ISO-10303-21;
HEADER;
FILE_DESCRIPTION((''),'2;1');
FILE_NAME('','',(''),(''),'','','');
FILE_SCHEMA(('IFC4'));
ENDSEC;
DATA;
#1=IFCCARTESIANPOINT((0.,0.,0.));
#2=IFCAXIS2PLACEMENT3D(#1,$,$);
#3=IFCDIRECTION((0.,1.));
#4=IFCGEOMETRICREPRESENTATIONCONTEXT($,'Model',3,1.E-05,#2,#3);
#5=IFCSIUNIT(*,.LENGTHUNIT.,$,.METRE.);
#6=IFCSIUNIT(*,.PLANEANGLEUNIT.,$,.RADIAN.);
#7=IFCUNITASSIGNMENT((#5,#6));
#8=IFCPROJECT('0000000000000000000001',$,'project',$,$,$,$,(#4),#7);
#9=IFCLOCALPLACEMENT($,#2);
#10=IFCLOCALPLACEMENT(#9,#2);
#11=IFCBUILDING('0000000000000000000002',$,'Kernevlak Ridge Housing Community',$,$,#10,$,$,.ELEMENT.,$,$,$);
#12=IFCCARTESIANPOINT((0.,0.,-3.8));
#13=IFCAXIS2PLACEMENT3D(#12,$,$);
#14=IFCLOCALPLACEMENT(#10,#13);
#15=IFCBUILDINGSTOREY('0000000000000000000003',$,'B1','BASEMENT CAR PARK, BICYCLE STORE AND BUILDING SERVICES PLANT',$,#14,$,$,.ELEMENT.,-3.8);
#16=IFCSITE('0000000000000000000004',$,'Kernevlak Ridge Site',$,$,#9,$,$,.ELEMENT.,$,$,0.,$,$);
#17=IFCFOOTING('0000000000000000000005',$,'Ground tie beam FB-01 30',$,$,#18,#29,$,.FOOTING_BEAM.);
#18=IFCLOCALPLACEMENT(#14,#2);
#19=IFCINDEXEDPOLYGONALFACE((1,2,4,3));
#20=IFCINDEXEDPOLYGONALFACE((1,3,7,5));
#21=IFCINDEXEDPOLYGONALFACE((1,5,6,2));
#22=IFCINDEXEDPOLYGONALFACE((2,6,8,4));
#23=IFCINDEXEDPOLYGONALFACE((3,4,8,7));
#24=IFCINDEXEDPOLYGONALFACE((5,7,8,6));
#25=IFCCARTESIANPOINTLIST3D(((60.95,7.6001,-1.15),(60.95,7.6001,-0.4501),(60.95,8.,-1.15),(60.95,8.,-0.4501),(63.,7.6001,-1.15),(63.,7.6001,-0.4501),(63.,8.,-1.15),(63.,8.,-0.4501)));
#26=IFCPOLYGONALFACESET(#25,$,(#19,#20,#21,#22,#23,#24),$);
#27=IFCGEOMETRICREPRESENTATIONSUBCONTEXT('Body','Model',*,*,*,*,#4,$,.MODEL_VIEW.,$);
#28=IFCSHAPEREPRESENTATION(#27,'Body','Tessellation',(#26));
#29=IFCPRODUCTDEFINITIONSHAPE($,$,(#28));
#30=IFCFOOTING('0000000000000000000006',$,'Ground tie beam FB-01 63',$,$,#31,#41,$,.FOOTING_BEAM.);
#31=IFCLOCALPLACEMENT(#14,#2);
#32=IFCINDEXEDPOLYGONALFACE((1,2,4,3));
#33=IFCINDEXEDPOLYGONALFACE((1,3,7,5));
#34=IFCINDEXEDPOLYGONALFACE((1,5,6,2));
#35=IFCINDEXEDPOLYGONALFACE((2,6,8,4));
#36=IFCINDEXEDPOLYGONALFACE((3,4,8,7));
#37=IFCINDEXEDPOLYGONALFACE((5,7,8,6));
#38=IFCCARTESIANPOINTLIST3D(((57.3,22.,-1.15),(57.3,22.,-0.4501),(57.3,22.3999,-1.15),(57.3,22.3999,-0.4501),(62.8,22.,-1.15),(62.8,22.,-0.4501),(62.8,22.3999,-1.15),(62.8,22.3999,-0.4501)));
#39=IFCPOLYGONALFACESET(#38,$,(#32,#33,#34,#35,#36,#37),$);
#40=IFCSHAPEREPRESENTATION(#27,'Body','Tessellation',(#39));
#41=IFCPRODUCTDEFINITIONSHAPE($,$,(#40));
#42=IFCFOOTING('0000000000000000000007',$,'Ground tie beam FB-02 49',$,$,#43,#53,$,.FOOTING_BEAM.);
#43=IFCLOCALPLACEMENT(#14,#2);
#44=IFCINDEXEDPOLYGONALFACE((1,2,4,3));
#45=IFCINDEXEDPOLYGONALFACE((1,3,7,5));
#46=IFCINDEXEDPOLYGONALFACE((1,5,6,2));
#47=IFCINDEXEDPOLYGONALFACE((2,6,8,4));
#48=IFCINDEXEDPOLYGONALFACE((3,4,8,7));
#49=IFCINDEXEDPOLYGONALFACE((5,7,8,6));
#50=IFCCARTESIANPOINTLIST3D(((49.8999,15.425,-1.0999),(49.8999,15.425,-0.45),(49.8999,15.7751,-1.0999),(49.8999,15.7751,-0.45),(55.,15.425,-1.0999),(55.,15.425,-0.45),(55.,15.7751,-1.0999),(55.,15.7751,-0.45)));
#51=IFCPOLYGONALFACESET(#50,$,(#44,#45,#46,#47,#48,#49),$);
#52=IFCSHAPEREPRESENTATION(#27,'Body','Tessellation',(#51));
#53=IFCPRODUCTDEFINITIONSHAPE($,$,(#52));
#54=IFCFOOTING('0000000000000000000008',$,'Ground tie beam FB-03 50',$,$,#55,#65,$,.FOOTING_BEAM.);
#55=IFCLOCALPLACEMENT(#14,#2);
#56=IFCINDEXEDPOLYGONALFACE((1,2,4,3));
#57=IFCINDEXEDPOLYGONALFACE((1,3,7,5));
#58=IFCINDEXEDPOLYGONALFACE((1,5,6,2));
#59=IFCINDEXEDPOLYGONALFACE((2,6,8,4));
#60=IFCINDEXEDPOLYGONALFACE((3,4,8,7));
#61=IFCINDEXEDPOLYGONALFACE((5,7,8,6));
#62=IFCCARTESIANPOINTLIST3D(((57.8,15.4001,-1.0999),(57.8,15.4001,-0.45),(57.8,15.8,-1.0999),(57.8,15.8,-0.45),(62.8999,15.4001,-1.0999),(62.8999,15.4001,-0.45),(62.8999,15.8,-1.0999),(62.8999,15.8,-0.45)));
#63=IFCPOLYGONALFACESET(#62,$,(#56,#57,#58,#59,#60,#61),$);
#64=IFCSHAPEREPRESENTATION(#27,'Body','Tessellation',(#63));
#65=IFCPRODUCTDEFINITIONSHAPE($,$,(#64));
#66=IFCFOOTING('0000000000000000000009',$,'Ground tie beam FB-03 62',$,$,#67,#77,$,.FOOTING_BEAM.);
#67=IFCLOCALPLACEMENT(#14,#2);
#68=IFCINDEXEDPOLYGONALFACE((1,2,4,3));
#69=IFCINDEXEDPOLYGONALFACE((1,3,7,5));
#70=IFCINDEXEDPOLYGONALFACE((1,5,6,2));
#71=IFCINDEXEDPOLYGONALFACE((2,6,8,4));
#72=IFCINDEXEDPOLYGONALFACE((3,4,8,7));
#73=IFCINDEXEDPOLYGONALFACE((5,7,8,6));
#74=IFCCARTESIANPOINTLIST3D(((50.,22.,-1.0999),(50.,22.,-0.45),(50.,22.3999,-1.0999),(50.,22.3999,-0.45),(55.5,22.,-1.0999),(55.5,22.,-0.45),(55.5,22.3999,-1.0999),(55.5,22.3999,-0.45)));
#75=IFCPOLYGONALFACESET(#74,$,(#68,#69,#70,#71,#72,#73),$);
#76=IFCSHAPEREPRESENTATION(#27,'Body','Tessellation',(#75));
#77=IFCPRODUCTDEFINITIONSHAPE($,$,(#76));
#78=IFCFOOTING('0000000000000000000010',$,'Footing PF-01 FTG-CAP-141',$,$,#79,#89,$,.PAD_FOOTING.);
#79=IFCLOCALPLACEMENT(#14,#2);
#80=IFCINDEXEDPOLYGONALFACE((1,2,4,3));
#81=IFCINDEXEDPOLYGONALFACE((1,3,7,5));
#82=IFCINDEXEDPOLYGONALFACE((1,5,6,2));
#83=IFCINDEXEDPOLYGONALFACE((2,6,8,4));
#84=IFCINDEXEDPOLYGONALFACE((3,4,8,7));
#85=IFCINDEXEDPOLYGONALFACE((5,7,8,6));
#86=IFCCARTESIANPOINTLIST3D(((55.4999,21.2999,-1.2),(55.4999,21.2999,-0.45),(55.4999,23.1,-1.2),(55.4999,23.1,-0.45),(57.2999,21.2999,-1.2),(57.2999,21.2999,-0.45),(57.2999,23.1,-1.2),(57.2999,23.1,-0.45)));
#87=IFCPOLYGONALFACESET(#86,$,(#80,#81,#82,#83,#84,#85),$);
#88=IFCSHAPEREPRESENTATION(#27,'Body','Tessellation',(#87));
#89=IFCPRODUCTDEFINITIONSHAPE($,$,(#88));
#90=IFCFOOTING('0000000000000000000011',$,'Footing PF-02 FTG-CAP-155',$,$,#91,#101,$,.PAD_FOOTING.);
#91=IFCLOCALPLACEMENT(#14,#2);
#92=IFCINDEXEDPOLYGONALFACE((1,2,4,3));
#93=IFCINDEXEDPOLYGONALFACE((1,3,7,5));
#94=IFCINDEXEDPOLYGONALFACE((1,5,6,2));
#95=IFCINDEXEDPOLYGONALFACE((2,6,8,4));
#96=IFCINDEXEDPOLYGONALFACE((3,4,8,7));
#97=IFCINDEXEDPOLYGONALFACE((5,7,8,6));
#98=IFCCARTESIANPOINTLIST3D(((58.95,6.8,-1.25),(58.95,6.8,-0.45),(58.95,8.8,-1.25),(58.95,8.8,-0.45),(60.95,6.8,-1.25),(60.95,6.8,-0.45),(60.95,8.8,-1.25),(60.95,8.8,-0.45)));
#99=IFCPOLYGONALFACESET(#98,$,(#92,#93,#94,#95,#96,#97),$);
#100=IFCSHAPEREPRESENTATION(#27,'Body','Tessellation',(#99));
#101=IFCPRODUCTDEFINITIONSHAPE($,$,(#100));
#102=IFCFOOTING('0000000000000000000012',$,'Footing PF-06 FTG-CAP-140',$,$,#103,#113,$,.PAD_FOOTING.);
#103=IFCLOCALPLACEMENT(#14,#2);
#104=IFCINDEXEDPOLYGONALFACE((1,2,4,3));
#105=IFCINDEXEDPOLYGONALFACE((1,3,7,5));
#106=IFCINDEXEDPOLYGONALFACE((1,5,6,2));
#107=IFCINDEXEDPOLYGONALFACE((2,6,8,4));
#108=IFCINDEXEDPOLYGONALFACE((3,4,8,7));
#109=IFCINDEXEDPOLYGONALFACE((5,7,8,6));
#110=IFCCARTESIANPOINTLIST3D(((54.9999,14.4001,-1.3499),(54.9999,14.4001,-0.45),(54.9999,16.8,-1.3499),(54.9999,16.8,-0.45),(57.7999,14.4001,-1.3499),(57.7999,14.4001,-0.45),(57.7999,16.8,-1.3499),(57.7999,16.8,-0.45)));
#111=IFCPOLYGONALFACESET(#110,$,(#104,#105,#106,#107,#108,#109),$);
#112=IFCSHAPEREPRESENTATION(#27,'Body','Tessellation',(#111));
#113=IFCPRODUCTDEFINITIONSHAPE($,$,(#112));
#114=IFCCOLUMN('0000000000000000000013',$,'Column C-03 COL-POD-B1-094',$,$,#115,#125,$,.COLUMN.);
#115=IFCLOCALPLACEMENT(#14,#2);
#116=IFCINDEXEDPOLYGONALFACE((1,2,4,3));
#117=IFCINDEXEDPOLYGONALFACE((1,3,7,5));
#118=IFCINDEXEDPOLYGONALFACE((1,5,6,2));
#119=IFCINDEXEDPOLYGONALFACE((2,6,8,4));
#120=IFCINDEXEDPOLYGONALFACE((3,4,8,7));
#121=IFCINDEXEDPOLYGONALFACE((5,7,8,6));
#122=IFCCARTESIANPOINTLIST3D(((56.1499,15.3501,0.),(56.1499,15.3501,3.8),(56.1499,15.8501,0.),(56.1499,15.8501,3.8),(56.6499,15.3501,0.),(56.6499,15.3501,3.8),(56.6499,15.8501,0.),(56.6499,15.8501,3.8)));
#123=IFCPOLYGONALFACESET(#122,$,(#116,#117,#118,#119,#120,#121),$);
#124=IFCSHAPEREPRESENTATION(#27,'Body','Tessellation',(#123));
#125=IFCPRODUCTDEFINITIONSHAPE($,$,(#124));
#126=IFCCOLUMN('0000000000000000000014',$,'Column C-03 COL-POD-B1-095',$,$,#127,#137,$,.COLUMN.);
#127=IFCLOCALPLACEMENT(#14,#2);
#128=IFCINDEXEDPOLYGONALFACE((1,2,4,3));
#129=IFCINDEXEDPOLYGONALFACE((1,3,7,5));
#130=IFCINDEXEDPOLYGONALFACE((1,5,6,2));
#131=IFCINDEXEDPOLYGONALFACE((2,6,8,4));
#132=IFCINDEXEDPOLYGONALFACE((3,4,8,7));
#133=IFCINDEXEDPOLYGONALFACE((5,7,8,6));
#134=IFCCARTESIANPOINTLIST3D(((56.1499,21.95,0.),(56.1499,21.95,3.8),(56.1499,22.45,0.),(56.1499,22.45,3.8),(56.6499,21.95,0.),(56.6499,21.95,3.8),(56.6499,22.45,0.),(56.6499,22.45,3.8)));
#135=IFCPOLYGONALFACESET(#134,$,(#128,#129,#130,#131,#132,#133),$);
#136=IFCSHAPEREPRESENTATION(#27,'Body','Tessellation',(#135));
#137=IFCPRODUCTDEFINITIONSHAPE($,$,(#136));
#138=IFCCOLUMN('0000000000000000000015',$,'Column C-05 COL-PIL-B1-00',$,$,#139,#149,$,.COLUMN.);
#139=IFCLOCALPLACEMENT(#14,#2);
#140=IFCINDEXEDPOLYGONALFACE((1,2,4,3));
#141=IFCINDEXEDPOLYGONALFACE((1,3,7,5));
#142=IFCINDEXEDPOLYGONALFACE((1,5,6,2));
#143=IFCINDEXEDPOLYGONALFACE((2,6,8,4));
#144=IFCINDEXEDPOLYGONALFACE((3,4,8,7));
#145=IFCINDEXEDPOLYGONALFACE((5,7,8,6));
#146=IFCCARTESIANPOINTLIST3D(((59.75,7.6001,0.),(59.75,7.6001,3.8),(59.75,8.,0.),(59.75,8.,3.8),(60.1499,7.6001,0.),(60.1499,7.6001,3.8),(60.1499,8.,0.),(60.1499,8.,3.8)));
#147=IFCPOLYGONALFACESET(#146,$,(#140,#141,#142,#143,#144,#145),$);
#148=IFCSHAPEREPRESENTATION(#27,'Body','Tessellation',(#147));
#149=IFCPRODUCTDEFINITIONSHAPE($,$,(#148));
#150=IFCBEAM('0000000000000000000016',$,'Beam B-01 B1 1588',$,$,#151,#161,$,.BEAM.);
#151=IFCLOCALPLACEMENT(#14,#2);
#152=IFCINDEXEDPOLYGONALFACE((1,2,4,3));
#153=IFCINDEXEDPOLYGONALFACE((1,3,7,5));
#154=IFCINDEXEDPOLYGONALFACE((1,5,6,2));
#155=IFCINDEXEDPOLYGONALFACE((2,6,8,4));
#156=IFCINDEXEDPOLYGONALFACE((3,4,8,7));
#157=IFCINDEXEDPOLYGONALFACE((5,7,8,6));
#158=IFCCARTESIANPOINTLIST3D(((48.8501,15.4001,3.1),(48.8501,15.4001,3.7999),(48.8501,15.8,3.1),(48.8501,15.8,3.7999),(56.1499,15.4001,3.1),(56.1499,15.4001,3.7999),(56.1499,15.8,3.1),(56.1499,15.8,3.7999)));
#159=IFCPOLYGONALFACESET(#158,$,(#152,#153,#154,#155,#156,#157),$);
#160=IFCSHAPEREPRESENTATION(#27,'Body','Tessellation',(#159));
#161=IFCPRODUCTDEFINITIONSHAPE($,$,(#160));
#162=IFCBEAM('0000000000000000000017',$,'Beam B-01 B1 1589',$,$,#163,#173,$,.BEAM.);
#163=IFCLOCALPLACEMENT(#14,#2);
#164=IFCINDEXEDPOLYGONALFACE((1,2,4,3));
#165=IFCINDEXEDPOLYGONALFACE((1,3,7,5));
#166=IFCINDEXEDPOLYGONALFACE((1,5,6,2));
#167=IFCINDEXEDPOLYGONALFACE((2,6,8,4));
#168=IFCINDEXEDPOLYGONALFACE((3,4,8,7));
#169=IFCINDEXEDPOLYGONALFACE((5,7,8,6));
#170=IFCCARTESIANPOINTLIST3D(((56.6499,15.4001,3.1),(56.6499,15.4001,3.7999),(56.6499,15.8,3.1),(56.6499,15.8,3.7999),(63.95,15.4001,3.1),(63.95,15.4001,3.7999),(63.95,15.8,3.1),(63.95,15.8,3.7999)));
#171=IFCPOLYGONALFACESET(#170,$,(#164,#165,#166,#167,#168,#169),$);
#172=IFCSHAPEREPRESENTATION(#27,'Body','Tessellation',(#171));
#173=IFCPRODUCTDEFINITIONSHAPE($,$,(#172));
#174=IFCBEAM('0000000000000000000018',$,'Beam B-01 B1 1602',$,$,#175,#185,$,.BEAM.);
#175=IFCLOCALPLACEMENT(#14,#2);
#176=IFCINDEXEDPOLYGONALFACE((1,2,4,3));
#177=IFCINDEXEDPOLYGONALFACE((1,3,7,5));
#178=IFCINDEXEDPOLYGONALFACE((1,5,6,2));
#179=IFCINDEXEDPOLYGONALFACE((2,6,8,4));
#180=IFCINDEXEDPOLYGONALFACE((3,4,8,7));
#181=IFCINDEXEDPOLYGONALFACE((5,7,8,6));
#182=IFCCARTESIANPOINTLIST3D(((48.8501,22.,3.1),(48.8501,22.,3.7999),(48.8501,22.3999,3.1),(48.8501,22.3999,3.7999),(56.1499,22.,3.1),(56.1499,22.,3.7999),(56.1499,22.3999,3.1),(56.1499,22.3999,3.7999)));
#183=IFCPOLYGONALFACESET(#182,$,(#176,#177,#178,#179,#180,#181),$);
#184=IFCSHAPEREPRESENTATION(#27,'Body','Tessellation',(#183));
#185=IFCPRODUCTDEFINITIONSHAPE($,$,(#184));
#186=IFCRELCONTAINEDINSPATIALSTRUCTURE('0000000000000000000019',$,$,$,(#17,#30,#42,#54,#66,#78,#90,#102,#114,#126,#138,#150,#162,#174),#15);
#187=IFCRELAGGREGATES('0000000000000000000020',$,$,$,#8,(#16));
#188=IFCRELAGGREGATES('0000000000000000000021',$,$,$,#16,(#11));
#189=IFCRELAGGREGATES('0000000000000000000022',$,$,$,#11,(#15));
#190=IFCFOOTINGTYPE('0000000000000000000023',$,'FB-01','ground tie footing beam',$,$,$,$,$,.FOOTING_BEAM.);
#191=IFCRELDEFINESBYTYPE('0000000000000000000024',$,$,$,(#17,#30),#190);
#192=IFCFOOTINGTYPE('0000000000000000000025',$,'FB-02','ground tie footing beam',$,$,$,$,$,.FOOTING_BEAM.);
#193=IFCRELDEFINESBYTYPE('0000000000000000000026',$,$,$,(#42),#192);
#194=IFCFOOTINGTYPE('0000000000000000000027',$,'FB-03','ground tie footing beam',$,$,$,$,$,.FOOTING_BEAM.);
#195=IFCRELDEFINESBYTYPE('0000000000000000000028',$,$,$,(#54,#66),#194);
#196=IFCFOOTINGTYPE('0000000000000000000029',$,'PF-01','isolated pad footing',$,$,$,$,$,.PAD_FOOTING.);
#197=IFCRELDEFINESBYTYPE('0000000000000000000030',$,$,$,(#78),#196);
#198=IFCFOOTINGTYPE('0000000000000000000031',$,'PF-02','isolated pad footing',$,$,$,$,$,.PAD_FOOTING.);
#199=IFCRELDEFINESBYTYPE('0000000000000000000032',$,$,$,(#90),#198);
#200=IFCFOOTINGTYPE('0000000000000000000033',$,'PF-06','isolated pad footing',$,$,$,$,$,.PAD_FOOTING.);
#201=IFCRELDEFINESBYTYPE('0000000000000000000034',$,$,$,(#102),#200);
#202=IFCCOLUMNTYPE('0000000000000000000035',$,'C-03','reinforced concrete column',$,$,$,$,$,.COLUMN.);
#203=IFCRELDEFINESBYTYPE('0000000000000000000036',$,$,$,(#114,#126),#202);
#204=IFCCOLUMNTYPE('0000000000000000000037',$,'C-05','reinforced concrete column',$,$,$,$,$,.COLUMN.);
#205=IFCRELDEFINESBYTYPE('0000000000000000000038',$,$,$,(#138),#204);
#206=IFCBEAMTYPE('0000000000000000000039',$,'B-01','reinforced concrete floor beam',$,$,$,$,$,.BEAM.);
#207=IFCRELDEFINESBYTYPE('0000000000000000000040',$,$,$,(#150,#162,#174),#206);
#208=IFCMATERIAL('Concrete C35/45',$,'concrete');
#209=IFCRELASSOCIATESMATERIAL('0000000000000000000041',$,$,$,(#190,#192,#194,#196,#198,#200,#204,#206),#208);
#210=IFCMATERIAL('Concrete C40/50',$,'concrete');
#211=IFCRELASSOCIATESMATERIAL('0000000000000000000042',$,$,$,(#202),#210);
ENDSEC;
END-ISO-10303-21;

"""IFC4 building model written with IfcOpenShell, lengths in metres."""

from ifc_helpers import new_model, si_unit, direction, frame, origin, origin_2d, place, context, subcontext, project, spatial, rectangle, extrude, material, material_profile, profile_set, type_object, element, save


model = new_model("IFC4")

# Units and contexts
model_context = context("Model", 3, precision=1e-05, world=origin(), true_north=direction((0.0, 1.0)))
body_context = subcontext(model_context, "Body", "Model", "MODEL_VIEW")
ifc_project = project(units=[si_unit("LENGTHUNIT", "METRE"), si_unit("PLANEANGLEUNIT", "RADIAN")], contexts=[model_context])

# Site, building, storey
site_placement = place(None, origin())
site = spatial("IfcSite", under=ifc_project, at=site_placement, Name="Kernevlak Ridge Site", CompositionType="ELEMENT", RefElevation=0.0)
building_placement = place(site_placement, origin())
building = spatial("IfcBuilding", under=site, at=building_placement, Name="Kernevlak Ridge Housing Community", CompositionType="ELEMENT")
storey_placement = place(building_placement, frame((0.0, 0.0, -3.8)))
storey = spatial("IfcBuildingStorey", under=building, at=storey_placement, Name="B1", Description="BASEMENT CAR PARK, BICYCLE STORE AND BUILDING SERVICES PLANT", CompositionType="ELEMENT", Elevation=-3.8)

# Footings
ifc_material_1 = material(Name="Concrete C35/45", Category="concrete")
ifc_material_profile_1 = material_profile(ifc_material_1, rectangle(XDim=0.3999, YDim=0.7, at=origin_2d()), Name="RC 400x700")
ifc_profile_set_1 = profile_set([ifc_material_profile_1], Name="Concrete C35/45")
footing_type_1 = type_object("IfcFootingType", Name="FB-01", Description="ground tie footing beam", PredefinedType="FOOTING_BEAM", material=ifc_profile_set_1)
footing_1_placement = place(storey_placement, frame((60.95, 7.8, -0.8), z_axis=(1.0, 0.0, 0.0), x_axis=(0.0, 1.0, 0.0)))
element("IfcFooting", 1, at=footing_1_placement, inside=storey, type_object=footing_type_1, Name="Ground tie beam FB-01 30", PredefinedType="FOOTING_BEAM", context=body_context, shape_type="SweptSolid", body=[
    extrude(rectangle(XDim=0.3999, YDim=0.7, at=origin_2d()), origin(), (0.0, 0.0, 1.0), 2.05),
])
footing_2_placement = place(storey_placement, frame((57.3, 22.2, -0.8), z_axis=(1.0, 0.0, 0.0), x_axis=(0.0, 1.0, 0.0)))
element("IfcFooting", 2, at=footing_2_placement, inside=storey, type_object=footing_type_1, Name="Ground tie beam FB-01 63", PredefinedType="FOOTING_BEAM", context=body_context, shape_type="SweptSolid", body=[
    extrude(rectangle(XDim=0.3999, YDim=0.7, at=origin_2d()), origin(), (0.0, 0.0, 1.0), 5.5),
])
ifc_material_profile_2 = material_profile(ifc_material_1, rectangle(XDim=0.3501, YDim=0.6499, at=origin_2d()), Name="RC 350x650")
ifc_profile_set_2 = profile_set([ifc_material_profile_2], Name="Concrete C35/45")
footing_type_2 = type_object("IfcFootingType", Name="FB-02", Description="ground tie footing beam", PredefinedType="FOOTING_BEAM", material=ifc_profile_set_2)
footing_3_placement = place(storey_placement, frame((49.8999, 15.6001, -0.7749), z_axis=(1.0, 0.0, 0.0), x_axis=(0.0, 1.0, 0.0)))
element("IfcFooting", 3, at=footing_3_placement, inside=storey, type_object=footing_type_2, Name="Ground tie beam FB-02 49", PredefinedType="FOOTING_BEAM", context=body_context, shape_type="SweptSolid", body=[
    extrude(rectangle(XDim=0.3501, YDim=0.6499, at=origin_2d()), origin(), (0.0, 0.0, 1.0), 5.1001),
])
ifc_material_profile_3 = material_profile(ifc_material_1, rectangle(XDim=0.3999, YDim=0.6499, at=origin_2d()), Name="RC 400x650")
ifc_profile_set_3 = profile_set([ifc_material_profile_3], Name="Concrete C35/45")
footing_type_3 = type_object("IfcFootingType", Name="FB-03", Description="ground tie footing beam", PredefinedType="FOOTING_BEAM", material=ifc_profile_set_3)
footing_4_placement = place(storey_placement, frame((57.8, 15.6001, -0.7749), z_axis=(1.0, 0.0, 0.0), x_axis=(0.0, 1.0, 0.0)))
element("IfcFooting", 4, at=footing_4_placement, inside=storey, type_object=footing_type_3, Name="Ground tie beam FB-03 50", PredefinedType="FOOTING_BEAM", context=body_context, shape_type="SweptSolid", body=[
    extrude(rectangle(XDim=0.3999, YDim=0.6499, at=origin_2d()), origin(), (0.0, 0.0, 1.0), 5.0999),
])
footing_5_placement = place(storey_placement, frame((50.0, 22.2, -0.7749), z_axis=(1.0, 0.0, 0.0), x_axis=(0.0, 1.0, 0.0)))
element("IfcFooting", 5, at=footing_5_placement, inside=storey, type_object=footing_type_3, Name="Ground tie beam FB-03 62", PredefinedType="FOOTING_BEAM", context=body_context, shape_type="SweptSolid", body=[
    extrude(rectangle(XDim=0.3999, YDim=0.6499, at=origin_2d()), origin(), (0.0, 0.0, 1.0), 5.5),
])
footing_type_4 = type_object("IfcFootingType", Name="PF-01", Description="isolated pad footing", PredefinedType="PAD_FOOTING", material=ifc_material_1)
footing_6_placement = place(storey_placement, frame((56.3999, 22.2, -1.2), z_axis=(0.0, 0.0, 1.0), x_axis=(1.0, 0.0, 0.0)))
element("IfcFooting", 6, at=footing_6_placement, inside=storey, type_object=footing_type_4, Name="Footing PF-01 FTG-CAP-141", PredefinedType="PAD_FOOTING", context=body_context, shape_type="SweptSolid", body=[
    extrude(rectangle(XDim=1.8, YDim=1.8, at=origin_2d()), origin(), (0.0, 0.0, 1.0), 0.75),
])
footing_type_5 = type_object("IfcFootingType", Name="PF-02", Description="isolated pad footing", PredefinedType="PAD_FOOTING", material=ifc_material_1)
footing_7_placement = place(storey_placement, frame((59.95, 7.8, -1.25), z_axis=(0.0, 0.0, 1.0), x_axis=(1.0, 0.0, 0.0)))
element("IfcFooting", 7, at=footing_7_placement, inside=storey, type_object=footing_type_5, Name="Footing PF-02 FTG-CAP-155", PredefinedType="PAD_FOOTING", context=body_context, shape_type="SweptSolid", body=[
    extrude(rectangle(XDim=2.0, YDim=2.0, at=origin_2d()), origin(), (0.0, 0.0, 1.0), 0.8),
])
footing_type_6 = type_object("IfcFootingType", Name="PF-06", Description="isolated pad footing", PredefinedType="PAD_FOOTING", material=ifc_material_1)
footing_8_placement = place(storey_placement, frame((56.3999, 15.6001, -1.3499), z_axis=(0.0, 0.0, 1.0), x_axis=(1.0, 0.0, 0.0)))
element("IfcFooting", 8, at=footing_8_placement, inside=storey, type_object=footing_type_6, Name="Footing PF-06 FTG-CAP-140", PredefinedType="PAD_FOOTING", context=body_context, shape_type="SweptSolid", body=[
    extrude(rectangle(XDim=2.8, YDim=2.3999, at=origin_2d()), origin(), (0.0, 0.0, 1.0), 0.8999),
])

# Columns
ifc_material_2 = material(Name="Concrete C40/50", Category="concrete")
ifc_material_profile_4 = material_profile(ifc_material_2, rectangle(XDim=0.5, YDim=0.5, at=origin_2d()), Name="RC 500x500")
ifc_profile_set_4 = profile_set([ifc_material_profile_4], Name="Concrete C40/50")
column_type_1 = type_object("IfcColumnType", Name="C-03", Description="reinforced concrete column", PredefinedType="COLUMN", material=ifc_profile_set_4)
for number, where, z_axis, x_axis, name in (
    (9, (56.3999, 15.6001, 0.0), (0.0, 0.0, 1.0), (1.0, 0.0, 0.0), "Column C-03 COL-POD-B1-094"),
    (10, (56.3999, 22.2, 0.0), (0.0, 0.0, 1.0), (1.0, 0.0, 0.0), "Column C-03 COL-POD-B1-095"),
):
    element("IfcColumn", number, at=place(storey_placement, frame(where, z_axis=z_axis, x_axis=x_axis)), inside=storey, type_object=column_type_1, Name=name, PredefinedType="COLUMN", context=body_context, shape_type="SweptSolid", body=[
        extrude(rectangle(XDim=0.5, YDim=0.5, at=origin_2d()), origin(), (0.0, 0.0, 1.0), 3.8),
    ])
ifc_material_profile_5 = material_profile(ifc_material_1, rectangle(XDim=0.3999, YDim=0.3999, at=origin_2d()), Name="RC 400x400")
ifc_profile_set_5 = profile_set([ifc_material_profile_5], Name="Concrete C35/45")
column_type_2 = type_object("IfcColumnType", Name="C-05", Description="reinforced concrete column", PredefinedType="COLUMN", material=ifc_profile_set_5)
column_placement = place(storey_placement, frame((59.95, 7.8, 0.0), z_axis=(0.0, 0.0, 1.0), x_axis=(1.0, 0.0, 0.0)))
element("IfcColumn", 11, at=column_placement, inside=storey, type_object=column_type_2, Name="Column C-05 COL-PIL-B1-00", PredefinedType="COLUMN", context=body_context, shape_type="SweptSolid", body=[
    extrude(rectangle(XDim=0.3999, YDim=0.3999, at=origin_2d()), origin(), (0.0, 0.0, 1.0), 3.8),
])

# Beams
ifc_material_profile_6 = material_profile(ifc_material_1, rectangle(XDim=0.3999, YDim=0.7, at=origin_2d()), Name="RC 400x700")
ifc_profile_set_6 = profile_set([ifc_material_profile_6], Name="Concrete C35/45")
beam_type_1 = type_object("IfcBeamType", Name="B-01", Description="reinforced concrete floor beam", PredefinedType="BEAM", material=ifc_profile_set_6)
beam_1_placement = place(storey_placement, frame((48.8501, 15.6001, 3.45), z_axis=(1.0, 0.0, 0.0), x_axis=(0.0, 1.0, 0.0)))
element("IfcBeam", 12, at=beam_1_placement, inside=storey, type_object=beam_type_1, Name="Beam B-01 B1 1588", PredefinedType="BEAM", context=body_context, shape_type="SweptSolid", body=[
    extrude(rectangle(XDim=0.3999, YDim=0.7, at=origin_2d()), origin(), (0.0, 0.0, 1.0), 7.2998),
])
beam_2_placement = place(storey_placement, frame((56.6499, 15.6001, 3.45), z_axis=(1.0, 0.0, 0.0), x_axis=(0.0, 1.0, 0.0)))
element("IfcBeam", 13, at=beam_2_placement, inside=storey, type_object=beam_type_1, Name="Beam B-01 B1 1589", PredefinedType="BEAM", context=body_context, shape_type="SweptSolid", body=[
    extrude(rectangle(XDim=0.3999, YDim=0.7, at=origin_2d()), origin(), (0.0, 0.0, 1.0), 7.3),
])
beam_3_placement = place(storey_placement, frame((48.8501, 22.2, 3.45), z_axis=(1.0, 0.0, 0.0), x_axis=(0.0, 1.0, 0.0)))
element("IfcBeam", 14, at=beam_3_placement, inside=storey, type_object=beam_type_1, Name="Beam B-01 B1 1602", PredefinedType="BEAM", context=body_context, shape_type="SweptSolid", body=[
    extrude(rectangle(XDim=0.3999, YDim=0.7, at=origin_2d()), origin(), (0.0, 0.0, 1.0), 7.2998),
])

save(model, "model.ifc")
